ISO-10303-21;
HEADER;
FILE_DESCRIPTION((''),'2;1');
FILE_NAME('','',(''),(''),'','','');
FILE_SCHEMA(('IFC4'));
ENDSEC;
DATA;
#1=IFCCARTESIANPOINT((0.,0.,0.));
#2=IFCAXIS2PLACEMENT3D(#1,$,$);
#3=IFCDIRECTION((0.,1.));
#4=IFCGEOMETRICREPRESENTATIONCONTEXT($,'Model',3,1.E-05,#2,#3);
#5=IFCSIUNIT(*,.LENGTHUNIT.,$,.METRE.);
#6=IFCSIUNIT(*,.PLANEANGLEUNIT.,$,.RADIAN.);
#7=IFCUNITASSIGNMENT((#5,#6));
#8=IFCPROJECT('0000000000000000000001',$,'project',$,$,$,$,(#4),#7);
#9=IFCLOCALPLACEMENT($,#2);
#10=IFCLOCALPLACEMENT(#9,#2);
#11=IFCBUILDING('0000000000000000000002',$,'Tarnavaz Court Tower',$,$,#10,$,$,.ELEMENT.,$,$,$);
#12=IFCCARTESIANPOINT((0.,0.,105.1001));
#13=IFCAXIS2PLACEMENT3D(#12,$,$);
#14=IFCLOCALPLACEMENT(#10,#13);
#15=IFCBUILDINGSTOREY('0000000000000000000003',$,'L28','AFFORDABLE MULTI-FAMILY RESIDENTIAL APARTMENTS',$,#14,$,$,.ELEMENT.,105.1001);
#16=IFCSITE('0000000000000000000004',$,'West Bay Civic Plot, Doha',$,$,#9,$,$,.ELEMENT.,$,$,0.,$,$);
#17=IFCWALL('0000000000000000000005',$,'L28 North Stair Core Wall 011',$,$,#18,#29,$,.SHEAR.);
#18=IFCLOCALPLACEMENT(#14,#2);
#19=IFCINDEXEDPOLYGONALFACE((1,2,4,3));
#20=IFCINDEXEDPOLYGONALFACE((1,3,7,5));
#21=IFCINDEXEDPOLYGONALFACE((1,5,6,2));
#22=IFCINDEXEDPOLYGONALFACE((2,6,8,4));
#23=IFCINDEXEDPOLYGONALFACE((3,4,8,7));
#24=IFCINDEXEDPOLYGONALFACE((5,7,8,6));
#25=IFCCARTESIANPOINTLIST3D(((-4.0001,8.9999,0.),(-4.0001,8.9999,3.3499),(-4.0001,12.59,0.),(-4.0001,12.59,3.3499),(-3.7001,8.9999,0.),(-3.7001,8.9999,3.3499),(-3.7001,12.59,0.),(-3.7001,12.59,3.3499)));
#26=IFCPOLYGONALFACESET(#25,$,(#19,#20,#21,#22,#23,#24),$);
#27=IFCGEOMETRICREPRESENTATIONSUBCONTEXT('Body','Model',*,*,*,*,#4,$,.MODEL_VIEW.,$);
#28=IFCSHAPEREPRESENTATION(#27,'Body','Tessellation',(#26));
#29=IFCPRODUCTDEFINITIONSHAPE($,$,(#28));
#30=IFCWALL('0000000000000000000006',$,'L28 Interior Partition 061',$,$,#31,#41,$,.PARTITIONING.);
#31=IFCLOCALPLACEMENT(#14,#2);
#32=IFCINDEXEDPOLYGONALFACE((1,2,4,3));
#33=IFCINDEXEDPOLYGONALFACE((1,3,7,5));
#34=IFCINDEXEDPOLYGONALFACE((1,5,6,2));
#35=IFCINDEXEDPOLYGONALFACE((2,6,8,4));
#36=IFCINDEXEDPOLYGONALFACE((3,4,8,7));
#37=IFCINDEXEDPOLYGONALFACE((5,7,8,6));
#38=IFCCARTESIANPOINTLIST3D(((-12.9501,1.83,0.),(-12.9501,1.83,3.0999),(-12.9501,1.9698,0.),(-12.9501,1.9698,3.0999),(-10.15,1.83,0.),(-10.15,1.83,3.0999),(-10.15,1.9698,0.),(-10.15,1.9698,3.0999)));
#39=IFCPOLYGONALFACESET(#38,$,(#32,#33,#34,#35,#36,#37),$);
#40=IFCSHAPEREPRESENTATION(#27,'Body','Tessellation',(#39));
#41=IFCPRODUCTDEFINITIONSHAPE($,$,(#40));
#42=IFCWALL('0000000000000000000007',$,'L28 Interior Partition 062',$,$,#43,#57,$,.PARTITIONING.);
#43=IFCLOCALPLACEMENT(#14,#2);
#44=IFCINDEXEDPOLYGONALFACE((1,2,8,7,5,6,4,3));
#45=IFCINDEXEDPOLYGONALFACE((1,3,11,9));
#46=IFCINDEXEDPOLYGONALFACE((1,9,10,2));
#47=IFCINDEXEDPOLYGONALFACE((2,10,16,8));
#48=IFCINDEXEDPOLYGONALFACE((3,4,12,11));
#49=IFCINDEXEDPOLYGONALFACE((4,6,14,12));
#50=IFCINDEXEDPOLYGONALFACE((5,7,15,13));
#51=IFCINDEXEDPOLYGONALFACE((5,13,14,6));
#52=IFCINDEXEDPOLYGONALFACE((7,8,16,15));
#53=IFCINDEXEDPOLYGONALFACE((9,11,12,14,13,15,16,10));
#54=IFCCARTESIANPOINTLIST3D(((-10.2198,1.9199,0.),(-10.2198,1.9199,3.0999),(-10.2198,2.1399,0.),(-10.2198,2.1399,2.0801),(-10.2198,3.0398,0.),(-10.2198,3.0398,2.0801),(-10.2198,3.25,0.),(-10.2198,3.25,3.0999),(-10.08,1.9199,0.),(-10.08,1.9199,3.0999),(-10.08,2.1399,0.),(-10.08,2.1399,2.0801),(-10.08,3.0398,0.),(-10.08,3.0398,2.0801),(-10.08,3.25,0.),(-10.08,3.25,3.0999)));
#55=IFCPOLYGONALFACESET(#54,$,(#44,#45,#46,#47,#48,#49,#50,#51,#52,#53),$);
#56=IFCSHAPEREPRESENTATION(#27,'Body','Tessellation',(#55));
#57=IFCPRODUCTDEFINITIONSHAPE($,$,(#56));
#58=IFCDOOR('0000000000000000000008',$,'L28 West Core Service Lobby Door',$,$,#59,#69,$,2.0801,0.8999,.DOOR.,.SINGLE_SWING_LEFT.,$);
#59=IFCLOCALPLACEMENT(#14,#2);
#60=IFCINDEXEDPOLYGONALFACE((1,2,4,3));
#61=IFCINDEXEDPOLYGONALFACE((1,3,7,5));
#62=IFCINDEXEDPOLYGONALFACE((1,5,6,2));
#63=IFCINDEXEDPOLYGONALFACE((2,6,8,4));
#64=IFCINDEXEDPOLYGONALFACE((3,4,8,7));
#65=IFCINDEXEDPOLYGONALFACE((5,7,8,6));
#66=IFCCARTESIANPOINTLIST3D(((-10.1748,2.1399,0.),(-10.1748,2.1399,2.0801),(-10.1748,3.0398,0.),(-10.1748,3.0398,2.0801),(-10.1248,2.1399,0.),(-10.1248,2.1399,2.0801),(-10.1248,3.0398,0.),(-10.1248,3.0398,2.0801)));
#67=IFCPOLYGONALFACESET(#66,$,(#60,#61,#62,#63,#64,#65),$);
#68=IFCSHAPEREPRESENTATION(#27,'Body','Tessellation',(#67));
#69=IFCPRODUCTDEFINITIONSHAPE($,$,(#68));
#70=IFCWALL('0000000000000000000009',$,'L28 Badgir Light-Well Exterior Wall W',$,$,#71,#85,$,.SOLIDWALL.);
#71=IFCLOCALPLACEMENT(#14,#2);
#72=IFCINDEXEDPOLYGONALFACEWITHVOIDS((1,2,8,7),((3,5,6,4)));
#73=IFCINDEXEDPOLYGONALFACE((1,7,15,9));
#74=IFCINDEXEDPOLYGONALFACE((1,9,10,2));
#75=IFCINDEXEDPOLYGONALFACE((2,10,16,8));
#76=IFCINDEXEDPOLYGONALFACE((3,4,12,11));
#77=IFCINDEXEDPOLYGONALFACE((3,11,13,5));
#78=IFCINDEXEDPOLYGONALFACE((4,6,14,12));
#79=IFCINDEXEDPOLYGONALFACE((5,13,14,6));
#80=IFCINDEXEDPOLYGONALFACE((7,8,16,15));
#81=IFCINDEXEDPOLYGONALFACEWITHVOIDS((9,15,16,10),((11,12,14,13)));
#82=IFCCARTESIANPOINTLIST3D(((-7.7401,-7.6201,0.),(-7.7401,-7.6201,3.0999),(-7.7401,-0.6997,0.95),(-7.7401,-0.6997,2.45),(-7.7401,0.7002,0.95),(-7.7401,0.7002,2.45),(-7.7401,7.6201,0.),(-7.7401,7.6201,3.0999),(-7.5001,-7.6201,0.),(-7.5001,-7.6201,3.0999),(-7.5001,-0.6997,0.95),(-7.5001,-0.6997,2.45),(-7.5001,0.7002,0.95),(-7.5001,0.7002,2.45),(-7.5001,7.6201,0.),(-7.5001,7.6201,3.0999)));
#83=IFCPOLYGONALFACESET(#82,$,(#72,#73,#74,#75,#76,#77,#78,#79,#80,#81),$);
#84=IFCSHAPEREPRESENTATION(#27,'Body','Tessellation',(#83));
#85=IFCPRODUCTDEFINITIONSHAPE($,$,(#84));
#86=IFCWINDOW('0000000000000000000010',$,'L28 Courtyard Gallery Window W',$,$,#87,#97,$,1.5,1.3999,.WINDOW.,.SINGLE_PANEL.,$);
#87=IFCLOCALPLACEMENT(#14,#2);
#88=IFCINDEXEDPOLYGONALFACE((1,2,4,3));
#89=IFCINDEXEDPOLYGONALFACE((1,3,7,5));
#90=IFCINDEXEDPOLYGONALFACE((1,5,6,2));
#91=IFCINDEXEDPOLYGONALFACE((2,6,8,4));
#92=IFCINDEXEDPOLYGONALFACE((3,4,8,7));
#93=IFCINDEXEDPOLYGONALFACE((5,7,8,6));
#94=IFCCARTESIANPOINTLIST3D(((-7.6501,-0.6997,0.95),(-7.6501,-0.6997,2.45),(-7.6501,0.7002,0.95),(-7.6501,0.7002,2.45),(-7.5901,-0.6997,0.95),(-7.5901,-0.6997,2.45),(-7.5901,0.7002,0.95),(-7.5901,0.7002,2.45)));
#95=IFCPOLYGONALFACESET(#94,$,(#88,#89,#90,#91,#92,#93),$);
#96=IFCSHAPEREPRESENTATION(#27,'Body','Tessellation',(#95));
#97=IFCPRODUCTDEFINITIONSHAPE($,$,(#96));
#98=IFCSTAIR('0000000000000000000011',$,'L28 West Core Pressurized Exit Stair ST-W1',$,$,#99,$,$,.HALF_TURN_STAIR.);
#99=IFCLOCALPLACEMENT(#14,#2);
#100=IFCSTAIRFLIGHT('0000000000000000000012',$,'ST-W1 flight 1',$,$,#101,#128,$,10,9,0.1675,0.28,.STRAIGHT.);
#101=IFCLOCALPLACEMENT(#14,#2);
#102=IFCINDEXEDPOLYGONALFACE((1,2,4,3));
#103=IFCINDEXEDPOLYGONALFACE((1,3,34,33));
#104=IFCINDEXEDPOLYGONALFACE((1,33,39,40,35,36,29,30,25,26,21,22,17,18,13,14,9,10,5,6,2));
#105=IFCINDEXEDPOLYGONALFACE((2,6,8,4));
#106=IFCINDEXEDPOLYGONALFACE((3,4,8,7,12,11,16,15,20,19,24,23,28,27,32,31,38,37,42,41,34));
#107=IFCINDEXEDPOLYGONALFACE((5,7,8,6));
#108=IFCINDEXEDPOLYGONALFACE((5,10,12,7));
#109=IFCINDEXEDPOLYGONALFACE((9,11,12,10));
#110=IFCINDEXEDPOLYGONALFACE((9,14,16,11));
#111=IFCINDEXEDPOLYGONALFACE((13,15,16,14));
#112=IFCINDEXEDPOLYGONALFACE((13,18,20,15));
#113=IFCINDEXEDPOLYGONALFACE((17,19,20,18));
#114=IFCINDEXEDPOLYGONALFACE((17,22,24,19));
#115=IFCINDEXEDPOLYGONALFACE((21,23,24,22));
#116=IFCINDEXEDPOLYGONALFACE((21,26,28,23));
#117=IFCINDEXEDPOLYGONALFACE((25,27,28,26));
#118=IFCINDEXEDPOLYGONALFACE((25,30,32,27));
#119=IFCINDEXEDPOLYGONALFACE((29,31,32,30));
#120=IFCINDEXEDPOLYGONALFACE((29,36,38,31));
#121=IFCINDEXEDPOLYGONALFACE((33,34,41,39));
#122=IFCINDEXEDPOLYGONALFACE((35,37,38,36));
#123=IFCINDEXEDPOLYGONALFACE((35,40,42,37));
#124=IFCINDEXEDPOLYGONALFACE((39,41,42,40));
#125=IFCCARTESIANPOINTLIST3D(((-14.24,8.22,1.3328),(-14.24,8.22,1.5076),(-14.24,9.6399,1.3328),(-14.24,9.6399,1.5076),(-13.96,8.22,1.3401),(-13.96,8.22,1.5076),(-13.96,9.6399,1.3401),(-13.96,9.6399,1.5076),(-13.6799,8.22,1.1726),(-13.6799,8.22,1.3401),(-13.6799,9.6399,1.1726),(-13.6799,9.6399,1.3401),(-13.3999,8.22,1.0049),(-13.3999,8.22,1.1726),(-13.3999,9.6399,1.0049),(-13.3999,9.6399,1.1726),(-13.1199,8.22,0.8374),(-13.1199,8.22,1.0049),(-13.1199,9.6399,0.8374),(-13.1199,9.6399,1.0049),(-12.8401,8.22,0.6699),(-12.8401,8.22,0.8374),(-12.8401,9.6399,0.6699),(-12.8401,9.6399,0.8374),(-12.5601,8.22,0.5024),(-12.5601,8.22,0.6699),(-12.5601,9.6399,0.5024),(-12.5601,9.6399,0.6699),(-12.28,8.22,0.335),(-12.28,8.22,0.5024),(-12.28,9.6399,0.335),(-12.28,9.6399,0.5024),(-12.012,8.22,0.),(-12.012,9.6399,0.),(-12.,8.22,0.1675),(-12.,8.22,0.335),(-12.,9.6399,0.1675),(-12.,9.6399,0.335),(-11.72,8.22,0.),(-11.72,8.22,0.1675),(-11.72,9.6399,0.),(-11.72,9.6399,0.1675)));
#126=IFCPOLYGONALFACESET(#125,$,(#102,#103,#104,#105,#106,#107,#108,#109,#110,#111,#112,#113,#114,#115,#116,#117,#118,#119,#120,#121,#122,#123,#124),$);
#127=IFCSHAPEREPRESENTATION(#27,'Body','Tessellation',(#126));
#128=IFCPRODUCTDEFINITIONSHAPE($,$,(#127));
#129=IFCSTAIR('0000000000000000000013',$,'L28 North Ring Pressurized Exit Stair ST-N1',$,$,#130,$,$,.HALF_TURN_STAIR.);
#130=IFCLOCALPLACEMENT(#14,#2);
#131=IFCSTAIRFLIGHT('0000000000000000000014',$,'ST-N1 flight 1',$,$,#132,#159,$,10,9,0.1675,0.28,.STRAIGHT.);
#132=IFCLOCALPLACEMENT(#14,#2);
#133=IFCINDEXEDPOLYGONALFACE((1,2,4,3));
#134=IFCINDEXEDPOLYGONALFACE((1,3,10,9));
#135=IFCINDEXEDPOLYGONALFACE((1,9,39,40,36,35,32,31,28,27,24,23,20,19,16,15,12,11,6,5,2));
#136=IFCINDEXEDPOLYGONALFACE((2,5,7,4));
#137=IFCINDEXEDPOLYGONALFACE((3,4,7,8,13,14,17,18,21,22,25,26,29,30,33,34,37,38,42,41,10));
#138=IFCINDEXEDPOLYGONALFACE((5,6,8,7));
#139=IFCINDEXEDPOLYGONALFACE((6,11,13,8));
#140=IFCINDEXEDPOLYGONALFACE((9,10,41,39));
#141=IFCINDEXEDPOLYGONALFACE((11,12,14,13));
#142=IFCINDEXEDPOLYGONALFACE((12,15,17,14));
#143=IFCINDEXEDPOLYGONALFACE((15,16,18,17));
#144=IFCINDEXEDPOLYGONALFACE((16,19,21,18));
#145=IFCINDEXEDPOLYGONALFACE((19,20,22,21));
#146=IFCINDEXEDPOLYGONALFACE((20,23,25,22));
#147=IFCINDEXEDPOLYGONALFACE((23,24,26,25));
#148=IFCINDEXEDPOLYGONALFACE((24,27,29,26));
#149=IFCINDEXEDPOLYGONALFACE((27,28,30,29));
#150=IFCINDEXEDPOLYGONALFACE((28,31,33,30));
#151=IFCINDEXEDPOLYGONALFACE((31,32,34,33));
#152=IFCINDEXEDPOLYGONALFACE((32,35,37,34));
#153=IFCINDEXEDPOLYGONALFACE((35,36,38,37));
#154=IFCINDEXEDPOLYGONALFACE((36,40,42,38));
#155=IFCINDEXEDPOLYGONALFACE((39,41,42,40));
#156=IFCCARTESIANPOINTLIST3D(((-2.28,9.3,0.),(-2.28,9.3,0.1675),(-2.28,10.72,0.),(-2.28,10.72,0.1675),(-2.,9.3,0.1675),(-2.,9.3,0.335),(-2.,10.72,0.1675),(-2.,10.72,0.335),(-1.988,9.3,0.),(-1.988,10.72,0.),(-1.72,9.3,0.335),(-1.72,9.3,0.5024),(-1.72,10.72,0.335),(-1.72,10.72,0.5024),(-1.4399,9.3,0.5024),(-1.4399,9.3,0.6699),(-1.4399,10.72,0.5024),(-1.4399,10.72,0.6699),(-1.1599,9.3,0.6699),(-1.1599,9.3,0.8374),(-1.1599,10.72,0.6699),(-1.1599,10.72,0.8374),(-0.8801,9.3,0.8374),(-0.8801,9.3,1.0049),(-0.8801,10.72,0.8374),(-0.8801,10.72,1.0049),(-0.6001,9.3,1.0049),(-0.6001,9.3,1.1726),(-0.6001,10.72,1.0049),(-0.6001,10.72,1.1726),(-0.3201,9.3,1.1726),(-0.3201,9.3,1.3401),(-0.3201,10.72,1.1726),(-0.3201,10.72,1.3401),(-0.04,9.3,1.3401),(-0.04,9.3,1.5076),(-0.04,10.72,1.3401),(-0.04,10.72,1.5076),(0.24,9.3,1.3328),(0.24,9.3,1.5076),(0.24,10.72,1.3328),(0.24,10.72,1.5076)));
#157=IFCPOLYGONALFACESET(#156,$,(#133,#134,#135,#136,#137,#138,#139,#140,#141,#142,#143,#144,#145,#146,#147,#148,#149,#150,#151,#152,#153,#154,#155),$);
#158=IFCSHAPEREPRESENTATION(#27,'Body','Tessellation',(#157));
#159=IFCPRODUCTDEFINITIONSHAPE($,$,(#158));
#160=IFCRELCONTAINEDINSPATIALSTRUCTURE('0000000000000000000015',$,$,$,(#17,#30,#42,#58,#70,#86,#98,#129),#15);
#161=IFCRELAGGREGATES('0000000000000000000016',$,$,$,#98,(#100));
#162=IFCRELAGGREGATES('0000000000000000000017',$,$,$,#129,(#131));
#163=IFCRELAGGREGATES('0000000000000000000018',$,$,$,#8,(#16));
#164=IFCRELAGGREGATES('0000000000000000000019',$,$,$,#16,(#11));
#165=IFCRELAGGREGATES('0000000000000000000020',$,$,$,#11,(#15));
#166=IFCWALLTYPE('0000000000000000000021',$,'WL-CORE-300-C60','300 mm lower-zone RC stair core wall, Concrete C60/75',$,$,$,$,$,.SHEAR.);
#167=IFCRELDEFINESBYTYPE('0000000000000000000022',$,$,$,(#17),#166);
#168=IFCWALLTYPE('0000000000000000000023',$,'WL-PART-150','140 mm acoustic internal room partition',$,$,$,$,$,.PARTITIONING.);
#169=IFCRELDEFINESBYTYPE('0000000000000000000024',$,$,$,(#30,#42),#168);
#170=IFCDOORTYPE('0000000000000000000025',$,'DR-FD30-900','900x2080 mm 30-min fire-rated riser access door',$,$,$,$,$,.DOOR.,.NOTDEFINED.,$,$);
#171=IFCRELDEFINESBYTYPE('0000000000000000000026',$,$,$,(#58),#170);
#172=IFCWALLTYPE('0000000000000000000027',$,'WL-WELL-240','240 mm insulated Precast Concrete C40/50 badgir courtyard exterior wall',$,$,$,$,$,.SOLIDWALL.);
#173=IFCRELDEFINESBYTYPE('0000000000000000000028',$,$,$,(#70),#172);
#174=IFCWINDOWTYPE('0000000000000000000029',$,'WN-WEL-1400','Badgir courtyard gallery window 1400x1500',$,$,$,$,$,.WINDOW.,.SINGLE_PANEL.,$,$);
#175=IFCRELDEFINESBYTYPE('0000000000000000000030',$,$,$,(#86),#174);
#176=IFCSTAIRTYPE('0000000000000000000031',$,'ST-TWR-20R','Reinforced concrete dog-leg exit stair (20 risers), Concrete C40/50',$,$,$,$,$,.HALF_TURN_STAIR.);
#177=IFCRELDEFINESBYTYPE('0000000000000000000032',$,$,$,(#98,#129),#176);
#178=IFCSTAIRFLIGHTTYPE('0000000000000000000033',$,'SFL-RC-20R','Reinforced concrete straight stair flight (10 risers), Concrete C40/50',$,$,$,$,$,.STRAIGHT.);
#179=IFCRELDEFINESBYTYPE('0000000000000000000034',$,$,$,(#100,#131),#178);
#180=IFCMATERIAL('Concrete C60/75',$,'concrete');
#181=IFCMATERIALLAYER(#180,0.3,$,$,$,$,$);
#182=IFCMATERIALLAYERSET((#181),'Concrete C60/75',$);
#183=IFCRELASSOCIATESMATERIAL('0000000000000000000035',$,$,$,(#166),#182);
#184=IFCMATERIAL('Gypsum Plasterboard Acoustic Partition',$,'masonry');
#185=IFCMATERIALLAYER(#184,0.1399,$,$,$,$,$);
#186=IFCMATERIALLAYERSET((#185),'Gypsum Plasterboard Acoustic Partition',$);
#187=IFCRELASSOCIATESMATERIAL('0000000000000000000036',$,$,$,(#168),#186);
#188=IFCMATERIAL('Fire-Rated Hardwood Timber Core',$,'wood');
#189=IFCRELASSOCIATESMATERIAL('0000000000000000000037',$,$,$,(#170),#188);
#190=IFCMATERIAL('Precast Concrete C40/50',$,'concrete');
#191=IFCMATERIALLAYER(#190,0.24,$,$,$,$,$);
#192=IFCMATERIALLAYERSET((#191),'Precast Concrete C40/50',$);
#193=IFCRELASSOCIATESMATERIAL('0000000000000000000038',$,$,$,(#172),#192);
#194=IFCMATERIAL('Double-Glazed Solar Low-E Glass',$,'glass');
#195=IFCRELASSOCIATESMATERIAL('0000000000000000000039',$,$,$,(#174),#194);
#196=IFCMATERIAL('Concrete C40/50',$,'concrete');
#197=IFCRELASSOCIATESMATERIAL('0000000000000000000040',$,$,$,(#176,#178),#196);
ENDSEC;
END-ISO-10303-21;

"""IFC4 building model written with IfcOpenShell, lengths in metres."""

from ifc_helpers import new_model, si_unit, direction, frame, frame_2d, origin, place, context, subcontext, project, spatial, polyline, rectangle, outline, extrude, material, layer, layer_set, type_object, element, fill, aggregate, save


model = new_model("IFC4")

# Units and contexts
model_context = context("Model", 3, precision=1e-05, world=origin(), true_north=direction((0.0, 1.0)))
body_context = subcontext(model_context, "Body", "Model", "MODEL_VIEW")
ifc_project = project(units=[si_unit("LENGTHUNIT", "METRE"), si_unit("PLANEANGLEUNIT", "RADIAN")], contexts=[model_context])

# Site, building, storey
site_placement = place(None, origin())
site = spatial("IfcSite", under=ifc_project, at=site_placement, Name="West Bay Civic Plot, Doha", CompositionType="ELEMENT", RefElevation=0.0)
building_placement = place(site_placement, origin())
building = spatial("IfcBuilding", under=site, at=building_placement, Name="Tarnavaz Court Tower", CompositionType="ELEMENT")
storey_placement = place(building_placement, frame((0.0, 0.0, 105.1001)))
storey = spatial("IfcBuildingStorey", under=building, at=storey_placement, Name="L28", Description="AFFORDABLE MULTI-FAMILY RESIDENTIAL APARTMENTS", CompositionType="ELEMENT", Elevation=105.1001)

# Shared definitions
ifc_material_1 = material(Name="Concrete C60/75", Category="concrete")

# Shared definitions
ifc_layer_1 = layer(ifc_material_1, 0.3)
ifc_layer_set_1 = layer_set([ifc_layer_1], Name="Concrete C60/75")
wall_type_1 = type_object("IfcWallType", Name="WL-CORE-300-C60", Description="300 mm lower-zone RC stair core wall, Concrete C60/75", PredefinedType="SHEAR", material=ifc_layer_set_1)

# Shared definitions
ifc_material_2 = material(Name="Fire-Rated Hardwood Timber Core", Category="wood")

# Wall
wall_1_placement = place(storey_placement, frame((-3.8501, 9.0, 0.0), z_axis=(0.0, 0.0, 1.0), x_axis=(0.0, 1.0, 0.0)))
element("IfcWall", 1, at=wall_1_placement, inside=storey, type_object=wall_type_1, Name="L28 North Stair Core Wall 011", PredefinedType="SHEAR", context=body_context, shape_type="SweptSolid", body=[
    extrude(rectangle(XDim=3.5901, YDim=0.3, at=frame_2d((1.7949, 0.0))), origin(), (0.0, 0.0, 1.0), 3.3499),
])

# Wall
ifc_material_3 = material(Name="Gypsum Plasterboard Acoustic Partition", Category="masonry")
ifc_layer_2 = layer(ifc_material_3, 0.1399)
ifc_layer_set_2 = layer_set([ifc_layer_2], Name="Gypsum Plasterboard Acoustic Partition")
wall_type_2 = type_object("IfcWallType", Name="WL-PART-150", Description="140 mm acoustic internal room partition", PredefinedType="PARTITIONING", material=ifc_layer_set_2)
wall_2_placement = place(storey_placement, frame((-12.95, 1.8999, 0.0), z_axis=(0.0, 0.0, 1.0), x_axis=(1.0, 0.0, 0.0)))
element("IfcWall", 2, at=wall_2_placement, inside=storey, type_object=wall_type_2, Name="L28 Interior Partition 061", PredefinedType="PARTITIONING", context=body_context, shape_type="SweptSolid", body=[
    extrude(rectangle(XDim=2.8, YDim=0.1399, at=frame_2d((1.3999, 0.0))), origin(), (0.0, 0.0, 1.0), 3.0999),
])

# Wall, opening, door
wall_3_placement = place(storey_placement, frame((-10.1499, 1.9199, 0.0), z_axis=(0.0, 0.0, 1.0), x_axis=(0.0, 1.0, 0.0)))
wall_3 = element("IfcWall", 3, at=wall_3_placement, inside=storey, type_object=wall_type_2, Name="L28 Interior Partition 062", PredefinedType="PARTITIONING", context=body_context, shape_type="SweptSolid", body=[
    extrude(rectangle(XDim=1.3301, YDim=0.1399, at=frame_2d((0.665, 0.0))), origin(), (0.0, 0.0, 1.0), 3.0999),
])
opening_1_placement = place(wall_3_placement, frame((0.22, 0.0, 0.0)))
opening_1 = element("IfcOpeningElement", 4, at=opening_1_placement, cuts=wall_3, PredefinedType="OPENING", context=body_context, shape_type="SweptSolid", body=[
    extrude(rectangle(XDim=0.8999, YDim=2.0801, at=frame_2d((0.45, 1.04))), frame((0.0, 0.0798, 0.0), z_axis=(0.0, -1.0, 0.0), x_axis=(1.0, 0.0, 0.0)), (0.0, 0.0, 1.0), 0.1599),
])
door_type_1 = type_object("IfcDoorType", Name="DR-FD30-900", Description="900x2080 mm 30-min fire-rated riser access door", OperationType="NOTDEFINED", PredefinedType="DOOR", material=ifc_material_2)
door_1_placement = place(opening_1_placement, origin())
door_1 = element("IfcDoor", 5, at=door_1_placement, inside=storey, type_object=door_type_1, Name="L28 West Core Service Lobby Door", OperationType="SINGLE_SWING_LEFT", OverallHeight=2.0801, OverallWidth=0.8999, PredefinedType="DOOR", context=body_context, shape_type="SweptSolid", body=[
    extrude(rectangle(XDim=0.8999, YDim=2.0801, at=frame_2d((0.45, 1.04))), frame((0.0, 0.0249, 0.0), z_axis=(0.0, -1.0, 0.0), x_axis=(1.0, 0.0, 0.0)), (0.0, 0.0, 1.0), 0.05),
])
fill(opening_1, door_1)

# Wall, opening, window
ifc_material_4 = material(Name="Precast Concrete C40/50", Category="concrete")
ifc_layer_3 = layer(ifc_material_4, 0.24)
ifc_layer_set_3 = layer_set([ifc_layer_3], Name="Precast Concrete C40/50")
wall_type_3 = type_object("IfcWallType", Name="WL-WELL-240", Description="240 mm insulated Precast Concrete C40/50 badgir courtyard exterior wall", PredefinedType="SOLIDWALL", material=ifc_layer_set_3)
wall_4_placement = place(storey_placement, frame((-7.6201, 7.6201, 0.0), z_axis=(0.0, 0.0, 1.0), x_axis=(0.0, -1.0, 0.0)))
wall_4 = element("IfcWall", 6, at=wall_4_placement, inside=storey, type_object=wall_type_3, Name="L28 Badgir Light-Well Exterior Wall W", PredefinedType="SOLIDWALL", context=body_context, shape_type="SweptSolid", body=[
    extrude(rectangle(XDim=15.2402, YDim=0.24, at=frame_2d((7.6201, 0.0))), origin(), (0.0, 0.0, 1.0), 3.0999),
])
opening_2_placement = place(wall_4_placement, frame((6.9199, 0.0, 0.95)))
opening_2 = element("IfcOpeningElement", 7, at=opening_2_placement, cuts=wall_4, PredefinedType="OPENING", context=body_context, shape_type="SweptSolid", body=[
    extrude(rectangle(XDim=1.3999, YDim=1.5, at=frame_2d((0.7, 0.75))), frame((0.0, 0.1299, 0.0), z_axis=(0.0, -1.0, 0.0), x_axis=(1.0, 0.0, 0.0)), (0.0, 0.0, 1.0), 0.26),
])
ifc_material_5 = material(Name="Double-Glazed Solar Low-E Glass", Category="glass")
window_type = type_object("IfcWindowType", Name="WN-WEL-1400", Description="Badgir courtyard gallery window 1400x1500", PartitioningType="SINGLE_PANEL", PredefinedType="WINDOW", material=ifc_material_5)
window_placement = place(opening_2_placement, origin())
window = element("IfcWindow", 8, at=window_placement, inside=storey, type_object=window_type, Name="L28 Courtyard Gallery Window W", OverallHeight=1.5, OverallWidth=1.3999, PartitioningType="SINGLE_PANEL", PredefinedType="WINDOW", context=body_context, shape_type="SweptSolid", body=[
    extrude(rectangle(XDim=1.3999, YDim=1.5, at=frame_2d((0.7, 0.75))), frame((0.0, 0.03, 0.0), z_axis=(0.0, -1.0, 0.0), x_axis=(1.0, 0.0, 0.0)), (0.0, 0.0, 1.0), 0.0601),
])
fill(opening_2, window)

# Stairs, stair flights
ifc_material_6 = material(Name="Concrete C40/50", Category="concrete")
stair_type = type_object("IfcStairType", Name="ST-TWR-20R", Description="Reinforced concrete dog-leg exit stair (20 risers), Concrete C40/50", PredefinedType="HALF_TURN_STAIR", material=ifc_material_6)
stair_1_placement = place(storey_placement, origin())
stair_1 = element("IfcStair", 9, at=stair_1_placement, inside=storey, type_object=stair_type, Name="L28 West Core Pressurized Exit Stair ST-W1", PredefinedType="HALF_TURN_STAIR")
stair_flight_type = type_object("IfcStairFlightType", Name="SFL-RC-20R", Description="Reinforced concrete straight stair flight (10 risers), Concrete C40/50", PredefinedType="STRAIGHT", material=ifc_material_6)
stair_flight_1_placement = place(storey_placement, frame((-11.72, 8.9299, 0.0), z_axis=(0.0, 0.0, 1.0), x_axis=(-1.0, 0.0, 0.0)))
stair_flight_1 = element("IfcStairFlight", 10, at=stair_flight_1_placement, type_object=stair_flight_type, Name="ST-W1 flight 1", NumberOfRisers=10, NumberOfTreads=9, PredefinedType="STRAIGHT", RiserHeight=0.1675, TreadLength=0.28, context=body_context, shape_type="SweptSolid", body=[
    extrude(outline(polyline([(0.0, 0.0), (0.0, 0.1675), (0.28, 0.1675), (0.28, 0.335), (0.5601, 0.335), (0.5601, 0.5024), (0.8401, 0.5024), (0.8401, 0.6699), (1.1201, 0.6699), (1.1201, 0.8374), (1.3999, 0.8374), (1.3999, 1.0049), (1.6799, 1.0049), (1.6799, 1.1726), (1.96, 1.1726), (1.96, 1.3401), (2.24, 1.3401), (2.24, 1.5076), (2.52, 1.5076), (2.52, 1.675), (2.52, 1.3328), (0.292, 0.0), (0.0, 0.0)])), frame((0.0, 0.71, 0.0), z_axis=(0.0, -1.0, 0.0), x_axis=(1.0, 0.0, 0.0)), (0.0, 0.0, 1.0), 1.4199),
])
aggregate(stair_1, [stair_flight_1])
stair_2_placement = place(storey_placement, origin())
stair_2 = element("IfcStair", 11, at=stair_2_placement, inside=storey, type_object=stair_type, Name="L28 North Ring Pressurized Exit Stair ST-N1", PredefinedType="HALF_TURN_STAIR")
stair_flight_2_placement = place(storey_placement, frame((-2.28, 10.01, 0.0), z_axis=(0.0, 0.0, 1.0), x_axis=(1.0, 0.0, 0.0)))
stair_flight_2 = element("IfcStairFlight", 12, at=stair_flight_2_placement, type_object=stair_flight_type, Name="ST-N1 flight 1", NumberOfRisers=10, NumberOfTreads=9, PredefinedType="STRAIGHT", RiserHeight=0.1675, TreadLength=0.28, context=body_context, shape_type="SweptSolid", body=[
    extrude(outline(polyline([(0.0, 0.0), (0.0, 0.1675), (0.28, 0.1675), (0.28, 0.335), (0.5601, 0.335), (0.5601, 0.5024), (0.8401, 0.5024), (0.8401, 0.6699), (1.1201, 0.6699), (1.1201, 0.8374), (1.3999, 0.8374), (1.3999, 1.0049), (1.6799, 1.0049), (1.6799, 1.1726), (1.96, 1.1726), (1.96, 1.3401), (2.24, 1.3401), (2.24, 1.5076), (2.52, 1.5076), (2.52, 1.675), (2.52, 1.3328), (0.292, 0.0), (0.0, 0.0)])), frame((0.0, 0.71, 0.0), z_axis=(0.0, -1.0, 0.0), x_axis=(1.0, 0.0, 0.0)), (0.0, 0.0, 1.0), 1.4199),
])
aggregate(stair_2, [stair_flight_2])

save(model, "model.ifc")
